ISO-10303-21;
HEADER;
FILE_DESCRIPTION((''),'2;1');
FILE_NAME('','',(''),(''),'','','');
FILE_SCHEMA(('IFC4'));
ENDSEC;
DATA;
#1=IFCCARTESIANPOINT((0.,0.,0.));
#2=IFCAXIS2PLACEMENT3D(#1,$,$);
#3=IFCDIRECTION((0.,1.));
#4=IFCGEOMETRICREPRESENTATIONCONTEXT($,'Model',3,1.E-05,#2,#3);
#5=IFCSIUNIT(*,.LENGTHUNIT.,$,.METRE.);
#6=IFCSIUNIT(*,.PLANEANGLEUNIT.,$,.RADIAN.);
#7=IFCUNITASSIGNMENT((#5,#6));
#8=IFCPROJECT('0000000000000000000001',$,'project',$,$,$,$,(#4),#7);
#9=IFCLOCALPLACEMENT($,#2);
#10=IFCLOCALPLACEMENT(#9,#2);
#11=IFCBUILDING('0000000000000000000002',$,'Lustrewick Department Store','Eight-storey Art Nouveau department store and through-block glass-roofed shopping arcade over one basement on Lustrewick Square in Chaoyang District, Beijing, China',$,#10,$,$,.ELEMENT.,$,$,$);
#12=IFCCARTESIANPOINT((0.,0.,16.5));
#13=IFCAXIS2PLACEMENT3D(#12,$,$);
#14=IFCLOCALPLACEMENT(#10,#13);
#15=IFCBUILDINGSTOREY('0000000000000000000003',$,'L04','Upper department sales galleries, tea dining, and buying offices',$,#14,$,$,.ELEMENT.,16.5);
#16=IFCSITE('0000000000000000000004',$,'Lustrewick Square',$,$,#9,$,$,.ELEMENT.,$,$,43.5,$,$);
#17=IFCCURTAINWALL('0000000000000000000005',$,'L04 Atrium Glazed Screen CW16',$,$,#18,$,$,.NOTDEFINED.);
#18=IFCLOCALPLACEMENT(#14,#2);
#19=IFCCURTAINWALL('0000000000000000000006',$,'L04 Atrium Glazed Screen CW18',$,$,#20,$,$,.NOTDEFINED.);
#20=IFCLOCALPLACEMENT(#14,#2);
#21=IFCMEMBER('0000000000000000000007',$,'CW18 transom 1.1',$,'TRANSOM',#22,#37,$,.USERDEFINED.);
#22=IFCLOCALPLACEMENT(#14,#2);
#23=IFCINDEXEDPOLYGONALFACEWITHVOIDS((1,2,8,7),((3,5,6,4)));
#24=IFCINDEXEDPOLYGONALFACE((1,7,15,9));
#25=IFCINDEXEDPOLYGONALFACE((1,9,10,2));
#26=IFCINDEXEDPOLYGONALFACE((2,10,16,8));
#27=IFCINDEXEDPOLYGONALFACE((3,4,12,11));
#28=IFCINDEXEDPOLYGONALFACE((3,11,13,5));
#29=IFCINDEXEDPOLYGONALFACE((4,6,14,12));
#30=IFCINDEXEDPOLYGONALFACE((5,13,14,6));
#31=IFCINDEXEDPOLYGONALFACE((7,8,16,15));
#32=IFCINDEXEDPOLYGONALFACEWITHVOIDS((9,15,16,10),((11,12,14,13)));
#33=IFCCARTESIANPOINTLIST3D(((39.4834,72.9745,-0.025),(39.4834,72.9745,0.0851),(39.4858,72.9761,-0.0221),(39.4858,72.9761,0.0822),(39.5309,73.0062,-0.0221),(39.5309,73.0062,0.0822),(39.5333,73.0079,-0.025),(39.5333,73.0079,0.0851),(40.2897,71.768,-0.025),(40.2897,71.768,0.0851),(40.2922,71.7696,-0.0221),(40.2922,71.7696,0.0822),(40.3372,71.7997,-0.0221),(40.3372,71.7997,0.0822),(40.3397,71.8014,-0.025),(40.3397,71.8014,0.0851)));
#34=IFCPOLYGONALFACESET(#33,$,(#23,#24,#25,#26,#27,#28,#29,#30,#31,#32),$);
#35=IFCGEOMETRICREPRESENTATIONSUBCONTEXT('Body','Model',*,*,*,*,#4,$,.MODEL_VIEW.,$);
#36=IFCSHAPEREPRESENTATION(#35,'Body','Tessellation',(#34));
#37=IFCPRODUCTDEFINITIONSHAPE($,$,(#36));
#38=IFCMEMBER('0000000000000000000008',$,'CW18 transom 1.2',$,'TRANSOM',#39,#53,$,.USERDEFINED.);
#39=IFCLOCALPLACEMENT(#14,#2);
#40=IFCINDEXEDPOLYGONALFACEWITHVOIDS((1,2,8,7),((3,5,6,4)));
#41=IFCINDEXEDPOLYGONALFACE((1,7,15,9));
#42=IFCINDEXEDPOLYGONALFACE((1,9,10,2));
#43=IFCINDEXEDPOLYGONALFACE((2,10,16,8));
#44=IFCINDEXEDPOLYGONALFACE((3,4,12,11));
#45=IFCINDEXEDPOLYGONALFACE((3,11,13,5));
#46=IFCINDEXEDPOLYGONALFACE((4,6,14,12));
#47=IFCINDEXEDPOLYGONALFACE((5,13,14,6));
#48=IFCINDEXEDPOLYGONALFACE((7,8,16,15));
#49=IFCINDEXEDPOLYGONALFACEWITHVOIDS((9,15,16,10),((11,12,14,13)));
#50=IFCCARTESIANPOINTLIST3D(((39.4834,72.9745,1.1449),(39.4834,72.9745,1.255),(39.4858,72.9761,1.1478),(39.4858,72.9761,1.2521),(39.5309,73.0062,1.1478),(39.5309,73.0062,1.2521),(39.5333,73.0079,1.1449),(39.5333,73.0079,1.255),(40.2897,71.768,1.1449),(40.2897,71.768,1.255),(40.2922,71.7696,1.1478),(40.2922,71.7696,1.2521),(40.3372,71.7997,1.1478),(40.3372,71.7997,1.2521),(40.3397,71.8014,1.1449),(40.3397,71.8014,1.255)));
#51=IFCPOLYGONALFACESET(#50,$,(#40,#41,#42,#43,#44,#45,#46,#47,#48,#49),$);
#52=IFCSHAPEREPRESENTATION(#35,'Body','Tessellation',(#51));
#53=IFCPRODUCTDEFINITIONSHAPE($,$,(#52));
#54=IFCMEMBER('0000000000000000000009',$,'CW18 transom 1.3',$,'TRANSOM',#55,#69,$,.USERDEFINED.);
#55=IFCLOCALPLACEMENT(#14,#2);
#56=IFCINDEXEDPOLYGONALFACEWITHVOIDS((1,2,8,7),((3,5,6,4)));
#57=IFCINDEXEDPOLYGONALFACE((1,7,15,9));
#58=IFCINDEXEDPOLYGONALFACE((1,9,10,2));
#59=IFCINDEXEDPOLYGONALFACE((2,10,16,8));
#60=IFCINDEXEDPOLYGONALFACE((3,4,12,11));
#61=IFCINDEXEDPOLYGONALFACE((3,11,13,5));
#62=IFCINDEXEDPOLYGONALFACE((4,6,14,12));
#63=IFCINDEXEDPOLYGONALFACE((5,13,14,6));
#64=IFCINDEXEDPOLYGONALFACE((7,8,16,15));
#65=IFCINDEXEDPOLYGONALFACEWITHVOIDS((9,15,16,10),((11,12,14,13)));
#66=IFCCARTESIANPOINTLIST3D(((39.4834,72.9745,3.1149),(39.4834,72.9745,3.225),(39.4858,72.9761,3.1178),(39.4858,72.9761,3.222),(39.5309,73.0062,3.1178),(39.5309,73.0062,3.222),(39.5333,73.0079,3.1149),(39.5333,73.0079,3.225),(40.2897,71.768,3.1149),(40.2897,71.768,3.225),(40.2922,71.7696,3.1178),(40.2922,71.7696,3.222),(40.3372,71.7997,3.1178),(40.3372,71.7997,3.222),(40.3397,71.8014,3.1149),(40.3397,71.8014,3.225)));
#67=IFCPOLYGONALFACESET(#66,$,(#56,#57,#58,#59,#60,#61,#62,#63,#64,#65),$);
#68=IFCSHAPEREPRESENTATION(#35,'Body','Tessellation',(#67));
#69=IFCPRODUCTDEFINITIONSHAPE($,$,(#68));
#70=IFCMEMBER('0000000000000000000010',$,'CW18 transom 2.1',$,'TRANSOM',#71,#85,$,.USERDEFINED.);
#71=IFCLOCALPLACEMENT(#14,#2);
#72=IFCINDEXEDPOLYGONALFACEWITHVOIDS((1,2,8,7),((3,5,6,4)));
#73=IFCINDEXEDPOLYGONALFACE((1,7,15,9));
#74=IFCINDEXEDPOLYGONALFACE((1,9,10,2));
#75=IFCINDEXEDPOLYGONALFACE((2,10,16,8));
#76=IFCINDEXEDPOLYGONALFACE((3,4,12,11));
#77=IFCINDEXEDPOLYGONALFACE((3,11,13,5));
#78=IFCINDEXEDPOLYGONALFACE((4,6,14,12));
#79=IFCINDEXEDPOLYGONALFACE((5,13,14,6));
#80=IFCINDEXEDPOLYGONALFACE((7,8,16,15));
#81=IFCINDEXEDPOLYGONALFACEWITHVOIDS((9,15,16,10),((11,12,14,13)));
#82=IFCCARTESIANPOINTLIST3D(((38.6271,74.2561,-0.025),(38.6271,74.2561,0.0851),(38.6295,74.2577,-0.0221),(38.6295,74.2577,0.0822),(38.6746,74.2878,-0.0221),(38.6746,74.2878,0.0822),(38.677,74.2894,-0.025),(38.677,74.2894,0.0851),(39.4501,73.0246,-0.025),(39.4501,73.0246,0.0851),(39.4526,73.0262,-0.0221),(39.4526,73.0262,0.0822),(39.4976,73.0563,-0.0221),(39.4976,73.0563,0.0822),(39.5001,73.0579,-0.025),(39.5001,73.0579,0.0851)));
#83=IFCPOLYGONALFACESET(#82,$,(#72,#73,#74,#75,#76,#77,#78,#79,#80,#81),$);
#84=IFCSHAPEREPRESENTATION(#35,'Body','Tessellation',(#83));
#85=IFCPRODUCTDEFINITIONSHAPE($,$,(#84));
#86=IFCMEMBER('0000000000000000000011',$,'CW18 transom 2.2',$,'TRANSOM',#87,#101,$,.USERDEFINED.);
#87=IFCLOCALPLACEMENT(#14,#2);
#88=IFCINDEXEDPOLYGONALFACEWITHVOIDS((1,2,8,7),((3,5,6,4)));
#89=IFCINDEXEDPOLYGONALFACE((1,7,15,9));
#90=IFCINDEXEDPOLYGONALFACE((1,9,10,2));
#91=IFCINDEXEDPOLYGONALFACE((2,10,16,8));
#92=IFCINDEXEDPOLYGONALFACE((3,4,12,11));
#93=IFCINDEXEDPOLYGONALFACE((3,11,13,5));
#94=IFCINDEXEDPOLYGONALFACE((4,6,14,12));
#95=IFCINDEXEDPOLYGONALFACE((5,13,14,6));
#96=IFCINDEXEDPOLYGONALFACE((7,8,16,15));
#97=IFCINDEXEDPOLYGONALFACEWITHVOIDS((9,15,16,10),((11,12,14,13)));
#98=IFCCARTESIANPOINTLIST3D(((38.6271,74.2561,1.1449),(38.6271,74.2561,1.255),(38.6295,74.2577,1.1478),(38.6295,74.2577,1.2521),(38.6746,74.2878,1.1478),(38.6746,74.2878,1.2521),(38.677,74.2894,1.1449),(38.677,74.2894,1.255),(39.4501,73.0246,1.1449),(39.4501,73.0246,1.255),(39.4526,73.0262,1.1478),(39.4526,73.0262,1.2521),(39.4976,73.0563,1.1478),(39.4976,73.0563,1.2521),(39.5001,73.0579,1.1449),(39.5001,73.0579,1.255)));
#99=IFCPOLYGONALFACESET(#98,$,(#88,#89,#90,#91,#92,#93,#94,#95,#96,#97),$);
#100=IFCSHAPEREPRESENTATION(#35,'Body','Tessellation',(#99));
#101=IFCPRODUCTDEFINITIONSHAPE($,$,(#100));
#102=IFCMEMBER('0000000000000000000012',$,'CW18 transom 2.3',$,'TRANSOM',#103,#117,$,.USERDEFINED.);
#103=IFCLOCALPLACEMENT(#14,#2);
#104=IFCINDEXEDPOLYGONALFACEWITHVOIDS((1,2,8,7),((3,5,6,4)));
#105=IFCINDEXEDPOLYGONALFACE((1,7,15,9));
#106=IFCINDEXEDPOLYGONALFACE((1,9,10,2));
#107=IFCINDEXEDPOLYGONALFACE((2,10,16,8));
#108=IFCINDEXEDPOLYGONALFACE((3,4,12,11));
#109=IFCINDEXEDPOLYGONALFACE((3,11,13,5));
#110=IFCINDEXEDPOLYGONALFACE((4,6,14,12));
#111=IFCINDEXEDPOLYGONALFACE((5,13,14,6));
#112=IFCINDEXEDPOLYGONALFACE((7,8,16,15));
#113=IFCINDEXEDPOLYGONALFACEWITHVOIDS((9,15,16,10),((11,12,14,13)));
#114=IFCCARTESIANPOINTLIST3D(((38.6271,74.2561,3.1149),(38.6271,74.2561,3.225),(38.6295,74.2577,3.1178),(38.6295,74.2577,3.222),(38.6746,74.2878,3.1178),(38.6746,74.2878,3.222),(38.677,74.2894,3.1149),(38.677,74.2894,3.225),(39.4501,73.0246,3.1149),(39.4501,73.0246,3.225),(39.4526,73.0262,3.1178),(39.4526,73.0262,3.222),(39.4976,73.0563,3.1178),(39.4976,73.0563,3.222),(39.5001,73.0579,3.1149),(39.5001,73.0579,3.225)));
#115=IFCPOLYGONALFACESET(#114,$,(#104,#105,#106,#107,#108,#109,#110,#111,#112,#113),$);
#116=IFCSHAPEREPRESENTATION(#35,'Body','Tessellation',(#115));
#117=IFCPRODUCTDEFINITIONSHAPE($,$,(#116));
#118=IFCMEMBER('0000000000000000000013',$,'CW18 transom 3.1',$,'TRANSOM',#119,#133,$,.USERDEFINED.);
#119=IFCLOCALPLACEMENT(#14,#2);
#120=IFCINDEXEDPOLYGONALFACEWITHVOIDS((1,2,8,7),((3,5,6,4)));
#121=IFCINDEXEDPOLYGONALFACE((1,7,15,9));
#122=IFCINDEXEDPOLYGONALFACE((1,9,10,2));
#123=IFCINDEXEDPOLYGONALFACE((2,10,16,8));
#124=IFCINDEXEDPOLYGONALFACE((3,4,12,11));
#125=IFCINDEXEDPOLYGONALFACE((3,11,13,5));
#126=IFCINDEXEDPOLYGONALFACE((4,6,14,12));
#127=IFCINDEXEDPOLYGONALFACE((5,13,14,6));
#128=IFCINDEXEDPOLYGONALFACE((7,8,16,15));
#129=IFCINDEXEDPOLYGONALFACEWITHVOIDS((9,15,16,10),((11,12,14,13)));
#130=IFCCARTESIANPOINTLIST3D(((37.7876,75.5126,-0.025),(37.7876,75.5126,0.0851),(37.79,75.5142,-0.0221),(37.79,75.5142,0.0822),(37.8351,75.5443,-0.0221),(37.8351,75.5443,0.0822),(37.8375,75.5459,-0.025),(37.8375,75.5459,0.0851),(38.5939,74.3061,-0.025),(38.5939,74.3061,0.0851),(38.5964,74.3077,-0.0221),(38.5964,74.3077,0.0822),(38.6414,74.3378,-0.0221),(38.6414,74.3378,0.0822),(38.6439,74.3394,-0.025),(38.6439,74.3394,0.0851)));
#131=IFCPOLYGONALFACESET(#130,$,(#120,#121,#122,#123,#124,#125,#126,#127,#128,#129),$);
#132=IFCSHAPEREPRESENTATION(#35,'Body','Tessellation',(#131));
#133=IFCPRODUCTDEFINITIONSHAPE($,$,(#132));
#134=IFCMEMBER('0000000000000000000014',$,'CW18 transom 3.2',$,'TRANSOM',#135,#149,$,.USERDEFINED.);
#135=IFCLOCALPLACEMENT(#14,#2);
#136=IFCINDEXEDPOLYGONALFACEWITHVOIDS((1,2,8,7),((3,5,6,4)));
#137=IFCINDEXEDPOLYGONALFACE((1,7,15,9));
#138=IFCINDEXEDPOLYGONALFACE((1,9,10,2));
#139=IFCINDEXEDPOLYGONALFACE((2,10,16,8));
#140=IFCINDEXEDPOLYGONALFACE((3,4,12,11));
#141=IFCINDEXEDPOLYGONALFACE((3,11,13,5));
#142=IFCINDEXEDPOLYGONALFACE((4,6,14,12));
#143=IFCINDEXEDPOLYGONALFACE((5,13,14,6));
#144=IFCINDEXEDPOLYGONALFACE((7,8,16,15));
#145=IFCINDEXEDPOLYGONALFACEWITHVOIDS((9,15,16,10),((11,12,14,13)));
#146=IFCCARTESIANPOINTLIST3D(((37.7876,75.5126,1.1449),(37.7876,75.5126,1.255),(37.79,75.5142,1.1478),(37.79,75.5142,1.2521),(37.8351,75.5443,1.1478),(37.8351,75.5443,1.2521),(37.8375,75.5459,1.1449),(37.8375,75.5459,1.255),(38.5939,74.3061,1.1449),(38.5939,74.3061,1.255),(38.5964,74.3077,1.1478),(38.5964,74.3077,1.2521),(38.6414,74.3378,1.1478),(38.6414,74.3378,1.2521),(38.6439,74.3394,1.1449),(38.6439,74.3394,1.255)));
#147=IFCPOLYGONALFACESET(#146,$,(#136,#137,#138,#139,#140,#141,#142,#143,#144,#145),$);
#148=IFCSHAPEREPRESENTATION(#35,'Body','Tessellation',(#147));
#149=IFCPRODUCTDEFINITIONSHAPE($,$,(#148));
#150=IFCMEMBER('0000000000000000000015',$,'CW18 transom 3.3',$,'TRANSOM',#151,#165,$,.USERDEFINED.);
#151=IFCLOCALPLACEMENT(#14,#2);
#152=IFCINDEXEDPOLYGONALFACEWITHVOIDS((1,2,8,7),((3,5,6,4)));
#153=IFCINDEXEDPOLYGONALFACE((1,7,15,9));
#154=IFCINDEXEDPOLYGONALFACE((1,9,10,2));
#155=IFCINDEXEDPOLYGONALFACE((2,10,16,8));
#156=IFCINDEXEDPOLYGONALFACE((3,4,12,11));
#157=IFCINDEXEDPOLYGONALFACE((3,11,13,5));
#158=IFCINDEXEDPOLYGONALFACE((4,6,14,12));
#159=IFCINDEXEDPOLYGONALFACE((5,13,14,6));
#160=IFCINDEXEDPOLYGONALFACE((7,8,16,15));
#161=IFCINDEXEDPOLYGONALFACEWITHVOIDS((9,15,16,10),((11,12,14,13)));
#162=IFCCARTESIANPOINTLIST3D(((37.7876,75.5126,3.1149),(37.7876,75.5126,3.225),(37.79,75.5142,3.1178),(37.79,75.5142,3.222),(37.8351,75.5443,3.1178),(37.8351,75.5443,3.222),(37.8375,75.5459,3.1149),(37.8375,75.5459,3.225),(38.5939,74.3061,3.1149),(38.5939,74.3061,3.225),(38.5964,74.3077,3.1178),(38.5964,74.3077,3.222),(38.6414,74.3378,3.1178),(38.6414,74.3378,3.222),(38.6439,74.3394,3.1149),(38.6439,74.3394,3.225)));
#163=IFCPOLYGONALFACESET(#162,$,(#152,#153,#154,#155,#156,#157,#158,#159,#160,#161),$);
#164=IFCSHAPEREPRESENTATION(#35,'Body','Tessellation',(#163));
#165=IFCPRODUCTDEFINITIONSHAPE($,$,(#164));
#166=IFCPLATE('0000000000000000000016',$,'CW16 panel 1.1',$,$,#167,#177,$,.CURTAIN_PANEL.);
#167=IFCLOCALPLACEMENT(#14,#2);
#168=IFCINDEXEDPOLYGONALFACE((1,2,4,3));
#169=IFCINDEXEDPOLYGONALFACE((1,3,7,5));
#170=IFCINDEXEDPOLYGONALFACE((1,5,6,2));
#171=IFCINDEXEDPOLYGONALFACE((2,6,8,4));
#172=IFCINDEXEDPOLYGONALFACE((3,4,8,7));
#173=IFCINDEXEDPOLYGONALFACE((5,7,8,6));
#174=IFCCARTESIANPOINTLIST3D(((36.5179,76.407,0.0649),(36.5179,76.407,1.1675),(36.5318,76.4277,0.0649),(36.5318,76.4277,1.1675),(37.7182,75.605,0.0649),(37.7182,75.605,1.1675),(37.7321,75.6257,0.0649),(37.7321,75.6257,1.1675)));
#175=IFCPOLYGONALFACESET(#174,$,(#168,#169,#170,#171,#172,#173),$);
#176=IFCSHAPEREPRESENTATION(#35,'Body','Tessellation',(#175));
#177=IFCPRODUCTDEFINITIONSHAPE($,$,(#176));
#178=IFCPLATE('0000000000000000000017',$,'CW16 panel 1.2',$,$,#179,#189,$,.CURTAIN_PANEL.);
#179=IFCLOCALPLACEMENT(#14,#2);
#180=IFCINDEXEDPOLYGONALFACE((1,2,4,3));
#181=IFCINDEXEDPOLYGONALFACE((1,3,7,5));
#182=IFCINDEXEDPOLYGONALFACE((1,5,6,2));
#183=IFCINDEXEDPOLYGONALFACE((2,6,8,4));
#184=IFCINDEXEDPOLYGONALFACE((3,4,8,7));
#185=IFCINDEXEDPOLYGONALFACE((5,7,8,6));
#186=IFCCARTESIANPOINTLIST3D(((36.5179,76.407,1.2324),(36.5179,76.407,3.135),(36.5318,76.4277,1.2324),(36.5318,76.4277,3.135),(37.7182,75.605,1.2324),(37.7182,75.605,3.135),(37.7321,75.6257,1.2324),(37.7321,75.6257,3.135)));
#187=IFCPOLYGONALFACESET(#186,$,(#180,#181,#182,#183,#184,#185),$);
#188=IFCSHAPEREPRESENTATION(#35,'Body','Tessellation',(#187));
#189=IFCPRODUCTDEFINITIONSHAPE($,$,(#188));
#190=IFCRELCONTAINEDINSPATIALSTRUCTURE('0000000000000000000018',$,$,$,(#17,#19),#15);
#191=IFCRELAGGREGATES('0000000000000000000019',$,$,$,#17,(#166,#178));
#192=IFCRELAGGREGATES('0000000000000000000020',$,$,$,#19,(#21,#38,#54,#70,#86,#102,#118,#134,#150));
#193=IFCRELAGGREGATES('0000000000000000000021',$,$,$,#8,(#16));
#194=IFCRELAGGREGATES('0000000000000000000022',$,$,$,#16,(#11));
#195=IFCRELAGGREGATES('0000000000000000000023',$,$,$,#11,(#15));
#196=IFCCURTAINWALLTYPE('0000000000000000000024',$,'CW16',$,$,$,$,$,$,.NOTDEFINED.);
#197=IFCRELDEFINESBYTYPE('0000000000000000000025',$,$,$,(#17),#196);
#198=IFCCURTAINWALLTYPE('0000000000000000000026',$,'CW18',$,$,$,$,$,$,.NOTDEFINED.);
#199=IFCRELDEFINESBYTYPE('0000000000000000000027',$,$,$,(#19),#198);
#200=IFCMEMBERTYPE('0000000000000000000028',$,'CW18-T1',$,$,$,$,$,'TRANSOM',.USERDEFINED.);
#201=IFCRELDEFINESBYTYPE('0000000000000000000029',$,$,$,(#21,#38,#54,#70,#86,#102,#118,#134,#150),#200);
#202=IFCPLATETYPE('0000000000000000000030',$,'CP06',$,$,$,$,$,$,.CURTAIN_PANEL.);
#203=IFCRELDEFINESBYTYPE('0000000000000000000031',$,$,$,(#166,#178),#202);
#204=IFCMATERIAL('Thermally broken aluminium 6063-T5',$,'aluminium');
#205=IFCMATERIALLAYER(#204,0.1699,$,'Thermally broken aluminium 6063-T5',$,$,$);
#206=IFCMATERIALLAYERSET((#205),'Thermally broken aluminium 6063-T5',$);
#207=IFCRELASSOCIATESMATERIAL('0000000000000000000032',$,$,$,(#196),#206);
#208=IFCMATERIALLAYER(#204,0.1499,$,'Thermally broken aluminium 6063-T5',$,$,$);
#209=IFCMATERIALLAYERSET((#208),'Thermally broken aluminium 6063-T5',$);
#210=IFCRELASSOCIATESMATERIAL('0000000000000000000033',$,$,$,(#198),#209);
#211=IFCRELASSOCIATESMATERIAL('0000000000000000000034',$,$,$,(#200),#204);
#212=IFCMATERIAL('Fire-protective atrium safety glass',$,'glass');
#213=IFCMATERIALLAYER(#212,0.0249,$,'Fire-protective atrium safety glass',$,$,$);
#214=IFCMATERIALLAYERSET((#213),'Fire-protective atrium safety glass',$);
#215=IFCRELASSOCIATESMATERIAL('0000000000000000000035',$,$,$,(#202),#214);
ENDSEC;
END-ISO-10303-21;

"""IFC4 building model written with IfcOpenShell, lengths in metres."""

from ifc_helpers import new_model, si_unit, direction, frame, origin, origin_2d, place, context, subcontext, project, spatial, rectangle, hollow_rectangle, extrude, material, layer, layer_set, material_profile, profile_set, type_object, element, aggregate, save


model = new_model("IFC4")

# Units and contexts
model_context = context("Model", 3, precision=1e-05, world=origin(), true_north=direction((0.0, 1.0)))
body_context = subcontext(model_context, "Body", "Model", "MODEL_VIEW")
ifc_project = project(units=[si_unit("LENGTHUNIT", "METRE"), si_unit("PLANEANGLEUNIT", "RADIAN")], contexts=[model_context])

# Site, building, storey
site_placement = place(None, origin())
site = spatial("IfcSite", under=ifc_project, at=site_placement, Name="Lustrewick Square", CompositionType="ELEMENT", RefElevation=43.5)
building_placement = place(site_placement, origin())
building = spatial("IfcBuilding", under=site, at=building_placement, Name="Lustrewick Department Store", Description="Eight-storey Art Nouveau department store and through-block glass-roofed shopping arcade over one basement on Lustrewick Square in Chaoyang District, Beijing, China", CompositionType="ELEMENT")
storey_placement = place(building_placement, frame((0.0, 0.0, 16.5)))
storey = spatial("IfcBuildingStorey", under=building, at=storey_placement, Name="L04", Description="Upper department sales galleries, tea dining, and buying offices", CompositionType="ELEMENT", Elevation=16.5)

# Curtain wall
ifc_material_1 = material(Name="Thermally broken aluminium 6063-T5", Category="aluminium")
ifc_layer_1 = layer(ifc_material_1, 0.1699, Name="Thermally broken aluminium 6063-T5")
ifc_layer_set_1 = layer_set([ifc_layer_1], Name="Thermally broken aluminium 6063-T5")
curtain_wall_type_1 = type_object("IfcCurtainWallType", Name="CW16", PredefinedType="NOTDEFINED", material=ifc_layer_set_1)
curtain_wall_1_placement = place(storey_placement, origin())
curtain_wall_1 = element("IfcCurtainWall", 1, at=curtain_wall_1_placement, inside=storey, type_object=curtain_wall_type_1, Name="L04 Atrium Glazed Screen CW16", PredefinedType="NOTDEFINED")

# Curtain wall, members
ifc_layer_2 = layer(ifc_material_1, 0.1499, Name="Thermally broken aluminium 6063-T5")
ifc_layer_set_2 = layer_set([ifc_layer_2], Name="Thermally broken aluminium 6063-T5")
curtain_wall_type_2 = type_object("IfcCurtainWallType", Name="CW18", PredefinedType="NOTDEFINED", material=ifc_layer_set_2)
curtain_wall_2_placement = place(storey_placement, origin())
curtain_wall_2 = element("IfcCurtainWall", 2, at=curtain_wall_2_placement, inside=storey, type_object=curtain_wall_type_2, Name="L04 Atrium Glazed Screen CW18", PredefinedType="NOTDEFINED")
ifc_material_profile_1 = material_profile(ifc_material_1, hollow_rectangle(XDim=0.0601, YDim=0.1101, WallThickness=0.0029, at=origin_2d()), Name="ALU-T 60x110x3")
ifc_profile_set_1 = profile_set([ifc_material_profile_1], Name="Thermally broken aluminium 6063-T5")
member_type_1 = type_object("IfcMemberType", Name="CW18-T1", ElementType="TRANSOM", PredefinedType="USERDEFINED", material=ifc_profile_set_1)
member_1_placement = place(storey_placement, frame((40.3147, 71.7847, 0.03), z_axis=(-0.55567, 0.831403, 0.0), x_axis=(-0.831403, -0.55567, 0.0)))
member_1 = element("IfcMember", 3, at=member_1_placement, type_object=member_type_1, Name="CW18 transom 1.1", ObjectType="TRANSOM", PredefinedType="USERDEFINED", context=body_context, shape_type="SweptSolid", body=[
    extrude(hollow_rectangle(XDim=0.0601, YDim=0.1101, WallThickness=0.0029, at=origin_2d()), origin(), (0.0, 0.0, 1.0), 1.4512),
])
member_2_placement = place(storey_placement, frame((40.3147, 71.7847, 1.2), z_axis=(-0.55567, 0.831403, 0.0), x_axis=(-0.831403, -0.55567, 0.0)))
member_2 = element("IfcMember", 4, at=member_2_placement, type_object=member_type_1, Name="CW18 transom 1.2", ObjectType="TRANSOM", PredefinedType="USERDEFINED", context=body_context, shape_type="SweptSolid", body=[
    extrude(hollow_rectangle(XDim=0.0601, YDim=0.1101, WallThickness=0.0029, at=origin_2d()), origin(), (0.0, 0.0, 1.0), 1.4512),
])
member_3_placement = place(storey_placement, frame((40.3147, 71.7847, 3.1699), z_axis=(-0.55567, 0.831403, 0.0), x_axis=(-0.831403, -0.55567, 0.0)))
member_3 = element("IfcMember", 5, at=member_3_placement, type_object=member_type_1, Name="CW18 transom 1.3", ObjectType="TRANSOM", PredefinedType="USERDEFINED", context=body_context, shape_type="SweptSolid", body=[
    extrude(hollow_rectangle(XDim=0.0601, YDim=0.1101, WallThickness=0.0029, at=origin_2d()), origin(), (0.0, 0.0, 1.0), 1.4512),
])
member_4_placement = place(storey_placement, frame((39.4751, 73.0413, 0.03), z_axis=(-0.555651, 0.831416, 0.0), x_axis=(-0.831416, -0.555651, 0.0)))
member_4 = element("IfcMember", 6, at=member_4_placement, type_object=member_type_1, Name="CW18 transom 2.1", ObjectType="TRANSOM", PredefinedType="USERDEFINED", context=body_context, shape_type="SweptSolid", body=[
    extrude(hollow_rectangle(XDim=0.0601, YDim=0.1101, WallThickness=0.0029, at=origin_2d()), origin(), (0.0, 0.0, 1.0), 1.4812),
])
member_5_placement = place(storey_placement, frame((39.4751, 73.0413, 1.2), z_axis=(-0.555651, 0.831416, 0.0), x_axis=(-0.831416, -0.555651, 0.0)))
member_5 = element("IfcMember", 7, at=member_5_placement, type_object=member_type_1, Name="CW18 transom 2.2", ObjectType="TRANSOM", PredefinedType="USERDEFINED", context=body_context, shape_type="SweptSolid", body=[
    extrude(hollow_rectangle(XDim=0.0601, YDim=0.1101, WallThickness=0.0029, at=origin_2d()), origin(), (0.0, 0.0, 1.0), 1.4812),
])
member_6_placement = place(storey_placement, frame((39.4751, 73.0413, 3.1699), z_axis=(-0.555651, 0.831416, 0.0), x_axis=(-0.831416, -0.555651, 0.0)))
member_6 = element("IfcMember", 8, at=member_6_placement, type_object=member_type_1, Name="CW18 transom 2.3", ObjectType="TRANSOM", PredefinedType="USERDEFINED", context=body_context, shape_type="SweptSolid", body=[
    extrude(hollow_rectangle(XDim=0.0601, YDim=0.1101, WallThickness=0.0029, at=origin_2d()), origin(), (0.0, 0.0, 1.0), 1.4812),
])
member_7_placement = place(storey_placement, frame((38.6189, 74.3228, 0.03), z_axis=(-0.55567, 0.831403, 0.0), x_axis=(-0.831403, -0.55567, 0.0)))
member_7 = element("IfcMember", 9, at=member_7_placement, type_object=member_type_1, Name="CW18 transom 3.1", ObjectType="TRANSOM", PredefinedType="USERDEFINED", context=body_context, shape_type="SweptSolid", body=[
    extrude(hollow_rectangle(XDim=0.0601, YDim=0.1101, WallThickness=0.0029, at=origin_2d()), origin(), (0.0, 0.0, 1.0), 1.4512),
])
member_8_placement = place(storey_placement, frame((38.6189, 74.3228, 1.2), z_axis=(-0.55567, 0.831403, 0.0), x_axis=(-0.831403, -0.55567, 0.0)))
member_8 = element("IfcMember", 10, at=member_8_placement, type_object=member_type_1, Name="CW18 transom 3.2", ObjectType="TRANSOM", PredefinedType="USERDEFINED", context=body_context, shape_type="SweptSolid", body=[
    extrude(hollow_rectangle(XDim=0.0601, YDim=0.1101, WallThickness=0.0029, at=origin_2d()), origin(), (0.0, 0.0, 1.0), 1.4512),
])
member_9_placement = place(storey_placement, frame((38.6189, 74.3228, 3.1699), z_axis=(-0.55567, 0.831403, 0.0), x_axis=(-0.831403, -0.55567, 0.0)))
member_9 = element("IfcMember", 11, at=member_9_placement, type_object=member_type_1, Name="CW18 transom 3.3", ObjectType="TRANSOM", PredefinedType="USERDEFINED", context=body_context, shape_type="SweptSolid", body=[
    extrude(hollow_rectangle(XDim=0.0601, YDim=0.1101, WallThickness=0.0029, at=origin_2d()), origin(), (0.0, 0.0, 1.0), 1.4512),
])

# Plates
ifc_material_2 = material(Name="Fire-protective atrium safety glass", Category="glass")
ifc_layer_3 = layer(ifc_material_2, 0.0249, Name="Fire-protective atrium safety glass")
ifc_layer_set_3 = layer_set([ifc_layer_3], Name="Fire-protective atrium safety glass")
plate_type_1 = type_object("IfcPlateType", Name="CP06", PredefinedType="CURTAIN_PANEL", material=ifc_layer_set_3)
plate_1_placement = place(storey_placement, frame((37.125, 76.0164, 0.0649), z_axis=(0.0, 0.0, 1.0), x_axis=(-0.831464, 0.555578, 0.0)))
plate_1 = element("IfcPlate", 12, at=plate_1_placement, type_object=plate_type_1, Name="CW16 panel 1.1", PredefinedType="CURTAIN_PANEL", context=body_context, shape_type="SweptSolid", body=[
    extrude(rectangle(XDim=1.4436, YDim=0.0249, at=origin_2d()), origin(), (0.0, 0.0, 1.0), 1.1025),
])
plate_2_placement = place(storey_placement, frame((37.125, 76.0164, 1.2324), z_axis=(0.0, 0.0, 1.0), x_axis=(-0.831464, 0.555578, 0.0)))
plate_2 = element("IfcPlate", 13, at=plate_2_placement, type_object=plate_type_1, Name="CW16 panel 1.2", PredefinedType="CURTAIN_PANEL", context=body_context, shape_type="SweptSolid", body=[
    extrude(rectangle(XDim=1.4436, YDim=0.0249, at=origin_2d()), origin(), (0.0, 0.0, 1.0), 1.9026),
])
aggregate(curtain_wall_1, [plate_1, plate_2])
aggregate(curtain_wall_2, [member_1, member_2, member_3, member_4, member_5, member_6, member_7, member_8, member_9])

save(model, "model.ifc")
